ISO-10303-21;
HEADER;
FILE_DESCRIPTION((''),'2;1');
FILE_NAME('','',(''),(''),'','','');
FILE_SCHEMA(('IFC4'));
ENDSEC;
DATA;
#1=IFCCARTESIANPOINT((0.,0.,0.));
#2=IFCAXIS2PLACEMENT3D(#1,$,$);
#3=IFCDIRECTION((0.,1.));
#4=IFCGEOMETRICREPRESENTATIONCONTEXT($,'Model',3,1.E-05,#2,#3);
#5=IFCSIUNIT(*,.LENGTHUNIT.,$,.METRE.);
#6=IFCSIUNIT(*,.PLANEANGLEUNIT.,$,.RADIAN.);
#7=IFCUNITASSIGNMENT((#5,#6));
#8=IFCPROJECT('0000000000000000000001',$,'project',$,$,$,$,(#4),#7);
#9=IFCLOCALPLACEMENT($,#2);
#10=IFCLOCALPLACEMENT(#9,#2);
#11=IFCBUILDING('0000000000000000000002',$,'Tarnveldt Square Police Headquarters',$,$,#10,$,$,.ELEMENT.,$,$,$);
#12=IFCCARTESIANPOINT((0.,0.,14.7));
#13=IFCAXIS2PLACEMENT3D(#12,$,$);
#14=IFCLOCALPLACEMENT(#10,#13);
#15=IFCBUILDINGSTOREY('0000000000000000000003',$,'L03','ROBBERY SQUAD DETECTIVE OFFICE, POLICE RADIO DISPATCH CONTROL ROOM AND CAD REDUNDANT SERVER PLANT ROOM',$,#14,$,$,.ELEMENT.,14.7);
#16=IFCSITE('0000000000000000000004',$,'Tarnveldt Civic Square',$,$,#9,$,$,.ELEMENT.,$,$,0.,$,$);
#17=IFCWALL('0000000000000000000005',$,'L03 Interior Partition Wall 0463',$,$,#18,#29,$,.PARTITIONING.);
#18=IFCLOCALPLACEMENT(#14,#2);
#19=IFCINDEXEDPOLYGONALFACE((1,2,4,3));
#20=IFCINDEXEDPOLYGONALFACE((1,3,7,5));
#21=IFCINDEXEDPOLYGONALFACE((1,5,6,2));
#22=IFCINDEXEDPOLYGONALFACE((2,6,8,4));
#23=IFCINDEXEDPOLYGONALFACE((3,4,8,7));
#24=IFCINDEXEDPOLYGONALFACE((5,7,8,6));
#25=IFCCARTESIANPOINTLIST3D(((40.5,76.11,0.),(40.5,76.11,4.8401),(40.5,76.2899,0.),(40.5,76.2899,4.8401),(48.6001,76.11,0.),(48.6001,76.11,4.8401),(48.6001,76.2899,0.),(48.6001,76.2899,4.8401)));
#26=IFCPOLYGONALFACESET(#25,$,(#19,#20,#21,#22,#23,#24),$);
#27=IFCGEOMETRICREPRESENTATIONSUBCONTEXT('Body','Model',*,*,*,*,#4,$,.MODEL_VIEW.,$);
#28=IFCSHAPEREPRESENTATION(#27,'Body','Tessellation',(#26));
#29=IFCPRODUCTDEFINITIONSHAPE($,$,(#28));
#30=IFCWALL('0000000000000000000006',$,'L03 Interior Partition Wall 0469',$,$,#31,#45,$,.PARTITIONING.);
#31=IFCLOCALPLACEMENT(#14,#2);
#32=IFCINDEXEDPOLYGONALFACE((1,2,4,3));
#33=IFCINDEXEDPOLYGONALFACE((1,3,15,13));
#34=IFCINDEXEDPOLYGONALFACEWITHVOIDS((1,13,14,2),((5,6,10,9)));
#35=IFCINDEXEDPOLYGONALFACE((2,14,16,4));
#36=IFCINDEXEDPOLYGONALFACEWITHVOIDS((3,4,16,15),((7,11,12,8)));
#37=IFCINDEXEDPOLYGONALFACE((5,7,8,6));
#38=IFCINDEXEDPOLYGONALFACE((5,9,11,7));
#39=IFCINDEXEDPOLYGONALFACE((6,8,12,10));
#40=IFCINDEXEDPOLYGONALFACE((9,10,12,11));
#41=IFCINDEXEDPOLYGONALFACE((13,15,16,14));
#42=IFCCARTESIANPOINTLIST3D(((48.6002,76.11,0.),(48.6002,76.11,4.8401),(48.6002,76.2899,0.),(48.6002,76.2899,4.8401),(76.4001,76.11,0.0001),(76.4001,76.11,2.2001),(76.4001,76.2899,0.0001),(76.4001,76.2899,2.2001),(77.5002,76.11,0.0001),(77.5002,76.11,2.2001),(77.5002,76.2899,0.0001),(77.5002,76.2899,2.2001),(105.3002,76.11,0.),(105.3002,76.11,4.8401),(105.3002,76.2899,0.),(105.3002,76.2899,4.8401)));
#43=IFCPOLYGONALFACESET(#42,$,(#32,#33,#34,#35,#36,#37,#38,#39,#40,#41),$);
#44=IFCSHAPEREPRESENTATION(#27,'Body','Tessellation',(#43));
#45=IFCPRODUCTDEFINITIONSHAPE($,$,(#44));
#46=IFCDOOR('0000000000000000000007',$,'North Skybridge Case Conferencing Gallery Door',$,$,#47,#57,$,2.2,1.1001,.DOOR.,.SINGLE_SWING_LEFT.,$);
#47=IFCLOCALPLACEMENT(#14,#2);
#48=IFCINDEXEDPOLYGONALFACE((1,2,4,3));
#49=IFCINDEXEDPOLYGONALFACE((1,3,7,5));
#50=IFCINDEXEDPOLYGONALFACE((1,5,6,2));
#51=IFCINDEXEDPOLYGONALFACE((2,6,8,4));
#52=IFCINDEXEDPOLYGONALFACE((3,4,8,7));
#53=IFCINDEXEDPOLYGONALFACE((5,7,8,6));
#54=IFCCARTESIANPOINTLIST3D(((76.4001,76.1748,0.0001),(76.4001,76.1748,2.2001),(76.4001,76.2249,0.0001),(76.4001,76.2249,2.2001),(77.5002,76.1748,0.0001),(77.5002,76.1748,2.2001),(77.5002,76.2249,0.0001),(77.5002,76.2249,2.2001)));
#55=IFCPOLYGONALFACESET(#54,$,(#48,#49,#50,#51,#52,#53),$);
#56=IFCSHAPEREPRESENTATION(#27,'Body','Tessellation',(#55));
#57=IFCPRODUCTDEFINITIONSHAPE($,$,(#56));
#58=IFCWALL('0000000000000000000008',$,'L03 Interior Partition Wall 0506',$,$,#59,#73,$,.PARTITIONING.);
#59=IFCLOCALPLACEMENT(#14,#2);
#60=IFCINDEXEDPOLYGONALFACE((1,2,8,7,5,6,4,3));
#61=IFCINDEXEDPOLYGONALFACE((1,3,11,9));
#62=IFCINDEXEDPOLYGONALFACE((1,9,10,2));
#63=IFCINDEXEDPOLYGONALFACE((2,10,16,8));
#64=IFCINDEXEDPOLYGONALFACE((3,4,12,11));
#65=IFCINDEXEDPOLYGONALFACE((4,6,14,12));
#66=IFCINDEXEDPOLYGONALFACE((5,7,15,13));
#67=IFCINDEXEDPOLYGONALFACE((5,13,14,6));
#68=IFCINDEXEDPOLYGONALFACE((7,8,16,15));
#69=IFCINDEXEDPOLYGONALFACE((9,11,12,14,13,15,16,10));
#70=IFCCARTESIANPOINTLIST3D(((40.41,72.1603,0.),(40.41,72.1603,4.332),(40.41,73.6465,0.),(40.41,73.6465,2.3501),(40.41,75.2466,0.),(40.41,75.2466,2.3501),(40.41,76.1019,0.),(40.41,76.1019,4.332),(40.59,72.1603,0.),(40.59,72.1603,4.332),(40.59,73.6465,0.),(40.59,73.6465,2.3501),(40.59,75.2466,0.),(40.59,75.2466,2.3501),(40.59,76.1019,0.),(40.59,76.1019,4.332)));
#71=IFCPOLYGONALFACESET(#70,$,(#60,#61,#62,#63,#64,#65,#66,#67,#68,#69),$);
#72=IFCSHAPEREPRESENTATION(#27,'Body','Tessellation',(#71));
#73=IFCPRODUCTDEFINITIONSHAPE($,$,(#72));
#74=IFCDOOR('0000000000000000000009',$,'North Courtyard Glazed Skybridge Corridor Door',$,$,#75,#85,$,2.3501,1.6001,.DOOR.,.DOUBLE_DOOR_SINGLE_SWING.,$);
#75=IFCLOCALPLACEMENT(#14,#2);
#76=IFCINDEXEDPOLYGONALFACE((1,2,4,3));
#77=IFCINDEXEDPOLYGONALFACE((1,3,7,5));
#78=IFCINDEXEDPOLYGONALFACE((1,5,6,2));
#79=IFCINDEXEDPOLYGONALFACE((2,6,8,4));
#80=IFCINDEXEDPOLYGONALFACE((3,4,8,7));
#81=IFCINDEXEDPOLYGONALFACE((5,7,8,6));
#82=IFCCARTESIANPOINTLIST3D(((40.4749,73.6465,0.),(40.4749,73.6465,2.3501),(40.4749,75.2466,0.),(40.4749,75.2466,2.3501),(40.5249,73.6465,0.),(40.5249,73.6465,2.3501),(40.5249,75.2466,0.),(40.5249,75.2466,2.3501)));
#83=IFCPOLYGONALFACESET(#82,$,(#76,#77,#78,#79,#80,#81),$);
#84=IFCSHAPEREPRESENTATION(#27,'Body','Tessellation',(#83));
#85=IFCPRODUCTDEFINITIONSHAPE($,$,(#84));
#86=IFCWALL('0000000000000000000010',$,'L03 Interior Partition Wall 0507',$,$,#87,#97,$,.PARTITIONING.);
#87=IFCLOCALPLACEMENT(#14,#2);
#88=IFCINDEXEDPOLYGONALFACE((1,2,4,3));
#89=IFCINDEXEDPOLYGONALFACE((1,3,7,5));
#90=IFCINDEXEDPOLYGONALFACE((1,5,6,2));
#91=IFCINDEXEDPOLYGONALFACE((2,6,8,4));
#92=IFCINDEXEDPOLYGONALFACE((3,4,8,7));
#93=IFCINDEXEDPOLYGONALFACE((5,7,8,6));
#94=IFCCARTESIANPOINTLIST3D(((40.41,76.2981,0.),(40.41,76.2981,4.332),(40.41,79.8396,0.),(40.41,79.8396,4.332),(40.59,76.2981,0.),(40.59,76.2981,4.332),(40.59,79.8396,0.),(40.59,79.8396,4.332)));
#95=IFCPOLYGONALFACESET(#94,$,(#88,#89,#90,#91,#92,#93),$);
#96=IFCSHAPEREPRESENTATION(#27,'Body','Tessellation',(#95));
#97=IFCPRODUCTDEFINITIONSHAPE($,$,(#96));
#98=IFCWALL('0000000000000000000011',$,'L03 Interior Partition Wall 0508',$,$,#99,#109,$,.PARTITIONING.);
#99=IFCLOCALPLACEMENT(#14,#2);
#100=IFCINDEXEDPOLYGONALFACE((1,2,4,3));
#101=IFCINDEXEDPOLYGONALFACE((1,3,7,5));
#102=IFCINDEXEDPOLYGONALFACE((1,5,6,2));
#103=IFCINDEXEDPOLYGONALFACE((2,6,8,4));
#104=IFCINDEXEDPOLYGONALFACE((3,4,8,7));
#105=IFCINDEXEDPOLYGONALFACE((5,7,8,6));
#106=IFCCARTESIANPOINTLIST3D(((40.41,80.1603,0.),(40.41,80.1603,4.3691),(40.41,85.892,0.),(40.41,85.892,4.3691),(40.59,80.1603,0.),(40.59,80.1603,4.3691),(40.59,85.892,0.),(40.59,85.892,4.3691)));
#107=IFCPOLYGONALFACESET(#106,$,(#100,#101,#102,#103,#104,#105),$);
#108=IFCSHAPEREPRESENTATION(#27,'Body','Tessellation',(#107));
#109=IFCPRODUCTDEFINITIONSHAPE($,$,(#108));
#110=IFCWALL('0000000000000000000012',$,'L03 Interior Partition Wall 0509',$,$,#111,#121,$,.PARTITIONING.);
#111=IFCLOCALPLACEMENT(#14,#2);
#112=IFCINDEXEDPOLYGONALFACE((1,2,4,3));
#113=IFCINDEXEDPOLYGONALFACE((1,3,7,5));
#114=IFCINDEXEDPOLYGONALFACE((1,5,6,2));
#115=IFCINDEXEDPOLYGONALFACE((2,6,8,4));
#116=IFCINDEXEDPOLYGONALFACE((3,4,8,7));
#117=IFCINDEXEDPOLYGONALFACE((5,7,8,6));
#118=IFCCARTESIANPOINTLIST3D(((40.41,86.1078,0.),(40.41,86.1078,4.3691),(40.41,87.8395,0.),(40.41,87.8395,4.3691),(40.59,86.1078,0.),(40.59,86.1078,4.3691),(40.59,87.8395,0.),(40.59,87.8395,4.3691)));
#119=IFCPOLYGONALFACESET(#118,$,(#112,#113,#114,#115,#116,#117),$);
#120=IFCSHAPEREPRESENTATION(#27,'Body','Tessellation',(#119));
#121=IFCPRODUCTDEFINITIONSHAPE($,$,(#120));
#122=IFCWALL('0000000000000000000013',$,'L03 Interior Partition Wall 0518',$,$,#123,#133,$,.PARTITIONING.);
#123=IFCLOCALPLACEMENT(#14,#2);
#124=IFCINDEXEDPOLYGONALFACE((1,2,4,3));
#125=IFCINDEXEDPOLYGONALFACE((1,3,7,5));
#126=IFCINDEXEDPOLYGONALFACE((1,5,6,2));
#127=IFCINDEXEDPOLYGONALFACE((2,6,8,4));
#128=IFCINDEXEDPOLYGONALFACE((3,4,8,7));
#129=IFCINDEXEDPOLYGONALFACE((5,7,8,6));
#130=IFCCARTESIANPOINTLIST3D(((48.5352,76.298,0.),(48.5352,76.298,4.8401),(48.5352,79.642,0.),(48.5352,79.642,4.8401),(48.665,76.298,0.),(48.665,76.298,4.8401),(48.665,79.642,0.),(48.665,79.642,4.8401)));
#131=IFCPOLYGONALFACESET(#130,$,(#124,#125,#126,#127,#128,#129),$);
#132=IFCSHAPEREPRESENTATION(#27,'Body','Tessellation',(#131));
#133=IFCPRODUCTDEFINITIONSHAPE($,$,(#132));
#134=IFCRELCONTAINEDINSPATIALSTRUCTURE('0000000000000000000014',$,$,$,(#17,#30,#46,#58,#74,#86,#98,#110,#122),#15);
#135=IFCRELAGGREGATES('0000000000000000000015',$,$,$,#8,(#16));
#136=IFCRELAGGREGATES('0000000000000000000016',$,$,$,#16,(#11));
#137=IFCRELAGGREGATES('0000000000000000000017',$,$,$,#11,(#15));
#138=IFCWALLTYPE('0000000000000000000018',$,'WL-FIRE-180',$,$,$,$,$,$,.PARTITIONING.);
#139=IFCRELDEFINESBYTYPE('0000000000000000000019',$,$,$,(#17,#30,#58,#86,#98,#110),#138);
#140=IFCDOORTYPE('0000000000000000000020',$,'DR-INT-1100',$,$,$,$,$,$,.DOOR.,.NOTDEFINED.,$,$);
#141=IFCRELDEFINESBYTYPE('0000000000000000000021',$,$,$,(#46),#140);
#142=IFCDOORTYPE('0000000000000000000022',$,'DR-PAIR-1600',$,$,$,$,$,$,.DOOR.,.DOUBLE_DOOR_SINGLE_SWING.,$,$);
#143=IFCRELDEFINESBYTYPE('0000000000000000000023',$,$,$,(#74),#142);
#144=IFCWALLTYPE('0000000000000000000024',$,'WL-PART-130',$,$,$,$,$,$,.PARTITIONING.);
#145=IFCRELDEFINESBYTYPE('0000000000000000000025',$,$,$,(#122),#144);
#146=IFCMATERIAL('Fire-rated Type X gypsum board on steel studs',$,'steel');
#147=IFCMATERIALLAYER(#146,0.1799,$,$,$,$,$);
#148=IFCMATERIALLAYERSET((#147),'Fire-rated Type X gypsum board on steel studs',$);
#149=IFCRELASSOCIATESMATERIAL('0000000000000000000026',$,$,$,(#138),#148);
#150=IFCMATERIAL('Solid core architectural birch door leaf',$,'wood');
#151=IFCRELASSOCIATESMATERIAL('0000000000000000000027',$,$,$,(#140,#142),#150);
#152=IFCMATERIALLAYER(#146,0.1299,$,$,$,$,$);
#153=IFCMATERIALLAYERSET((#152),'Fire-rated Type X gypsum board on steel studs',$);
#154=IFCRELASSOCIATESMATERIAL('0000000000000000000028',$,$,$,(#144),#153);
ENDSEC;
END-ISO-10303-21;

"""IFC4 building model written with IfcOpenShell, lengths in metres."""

from ifc_helpers import new_model, si_unit, direction, frame, frame_2d, origin, place, context, subcontext, project, spatial, rectangle, extrude, material, layer, layer_set, type_object, element, fill, save


model = new_model("IFC4")

# Units and contexts
model_context = context("Model", 3, precision=1e-05, world=origin(), true_north=direction((0.0, 1.0)))
body_context = subcontext(model_context, "Body", "Model", "MODEL_VIEW")
ifc_project = project(units=[si_unit("LENGTHUNIT", "METRE"), si_unit("PLANEANGLEUNIT", "RADIAN")], contexts=[model_context])

# Site, building, storey
site_placement = place(None, origin())
site = spatial("IfcSite", under=ifc_project, at=site_placement, Name="Tarnveldt Civic Square", CompositionType="ELEMENT", RefElevation=0.0)
building_placement = place(site_placement, origin())
building = spatial("IfcBuilding", under=site, at=building_placement, Name="Tarnveldt Square Police Headquarters", CompositionType="ELEMENT")
storey_placement = place(building_placement, frame((0.0, 0.0, 14.7)))
storey = spatial("IfcBuildingStorey", under=building, at=storey_placement, Name="L03", Description="ROBBERY SQUAD DETECTIVE OFFICE, POLICE RADIO DISPATCH CONTROL ROOM AND CAD REDUNDANT SERVER PLANT ROOM", CompositionType="ELEMENT", Elevation=14.7)

# Wall
ifc_material_1 = material(Name="Fire-rated Type X gypsum board on steel studs", Category="steel")
ifc_layer_1 = layer(ifc_material_1, 0.1799)
ifc_layer_set_1 = layer_set([ifc_layer_1], Name="Fire-rated Type X gypsum board on steel studs")
wall_type_1 = type_object("IfcWallType", Name="WL-FIRE-180", PredefinedType="PARTITIONING", material=ifc_layer_set_1)
wall_1_placement = place(storey_placement, frame((40.5, 76.2, 0.0), z_axis=(0.0, 0.0, 1.0), x_axis=(1.0, 0.0, 0.0)))
element("IfcWall", 1, at=wall_1_placement, inside=storey, type_object=wall_type_1, Name="L03 Interior Partition Wall 0463", PredefinedType="PARTITIONING", context=body_context, shape_type="SweptSolid", body=[
    extrude(rectangle(XDim=8.1001, YDim=0.1799, at=frame_2d((4.05, 0.0))), origin(), (0.0, 0.0, 1.0), 4.8401),
])

# Walls, openings, doors
wall_2_placement = place(storey_placement, frame((48.6001, 76.2, 0.0), z_axis=(0.0, 0.0, 1.0), x_axis=(1.0, 0.0, 0.0)))
wall_2 = element("IfcWall", 2, at=wall_2_placement, inside=storey, type_object=wall_type_1, Name="L03 Interior Partition Wall 0469", PredefinedType="PARTITIONING", context=body_context, shape_type="SweptSolid", body=[
    extrude(rectangle(XDim=56.7, YDim=0.1799, at=frame_2d((28.3501, 0.0))), origin(), (0.0, 0.0, 1.0), 4.8401),
])
opening_1_placement = place(wall_2_placement, frame((27.8, 0.0, 0.0)))
opening_1 = element("IfcOpeningElement", 3, at=opening_1_placement, cuts=wall_2, PredefinedType="OPENING", context=body_context, shape_type="SweptSolid", body=[
    extrude(rectangle(XDim=1.1001, YDim=2.2, at=frame_2d((0.55, 1.1001))), frame((0.0, 0.0999, 0.0), z_axis=(0.0, -1.0, 0.0), x_axis=(1.0, 0.0, 0.0)), (0.0, 0.0, 1.0), 0.2),
])
ifc_material_2 = material(Name="Solid core architectural birch door leaf", Category="wood")
door_type_1 = type_object("IfcDoorType", Name="DR-INT-1100", OperationType="NOTDEFINED", PredefinedType="DOOR", material=ifc_material_2)
door_1_placement = place(opening_1_placement, origin())
door_1 = element("IfcDoor", 4, at=door_1_placement, inside=storey, type_object=door_type_1, Name="North Skybridge Case Conferencing Gallery Door", OperationType="SINGLE_SWING_LEFT", OverallHeight=2.2, OverallWidth=1.1001, PredefinedType="DOOR", context=body_context, shape_type="SweptSolid", body=[
    extrude(rectangle(XDim=1.1001, YDim=2.2, at=frame_2d((0.55, 1.1001))), frame((0.0, 0.0249, 0.0), z_axis=(0.0, -1.0, 0.0), x_axis=(1.0, 0.0, 0.0)), (0.0, 0.0, 1.0), 0.05),
])
fill(opening_1, door_1)
wall_3_placement = place(storey_placement, frame((40.5, 72.1604, 0.0), z_axis=(0.0, 0.0, 1.0), x_axis=(0.0, 1.0, 0.0)))
wall_3 = element("IfcWall", 5, at=wall_3_placement, inside=storey, type_object=wall_type_1, Name="L03 Interior Partition Wall 0506", PredefinedType="PARTITIONING", context=body_context, shape_type="SweptSolid", body=[
    extrude(rectangle(XDim=3.9417, YDim=0.1799, at=frame_2d((1.9707, 0.0))), origin(), (0.0, 0.0, 1.0), 4.332),
])
opening_2_placement = place(wall_3_placement, frame((1.4861, 0.0, 0.0)))
opening_2 = element("IfcOpeningElement", 6, at=opening_2_placement, cuts=wall_3, PredefinedType="OPENING", context=body_context, shape_type="SweptSolid", body=[
    extrude(rectangle(XDim=1.6001, YDim=2.3501, at=frame_2d((0.8, 1.175))), frame((0.0, 0.0999, 0.0), z_axis=(0.0, -1.0, 0.0), x_axis=(1.0, 0.0, 0.0)), (0.0, 0.0, 1.0), 0.2),
])
door_type_2 = type_object("IfcDoorType", Name="DR-PAIR-1600", OperationType="DOUBLE_DOOR_SINGLE_SWING", PredefinedType="DOOR", material=ifc_material_2)
door_2_placement = place(opening_2_placement, frame((1.6001, 0.0, 0.0), z_axis=(0.0, 0.0, 1.0), x_axis=(-1.0, 0.0, 0.0)))
door_2 = element("IfcDoor", 7, at=door_2_placement, inside=storey, type_object=door_type_2, Name="North Courtyard Glazed Skybridge Corridor Door", OperationType="DOUBLE_DOOR_SINGLE_SWING", OverallHeight=2.3501, OverallWidth=1.6001, PredefinedType="DOOR", context=body_context, shape_type="SweptSolid", body=[
    extrude(rectangle(XDim=1.6001, YDim=2.3501, at=frame_2d((0.8, 1.175))), frame((0.0, 0.0249, 0.0), z_axis=(0.0, -1.0, 0.0), x_axis=(1.0, 0.0, 0.0)), (0.0, 0.0, 1.0), 0.05),
])
fill(opening_2, door_2)

# Walls
wall_4_placement = place(storey_placement, frame((40.5, 76.2981, 0.0), z_axis=(0.0, 0.0, 1.0), x_axis=(0.0, 1.0, 0.0)))
element("IfcWall", 8, at=wall_4_placement, inside=storey, type_object=wall_type_1, Name="L03 Interior Partition Wall 0507", PredefinedType="PARTITIONING", context=body_context, shape_type="SweptSolid", body=[
    extrude(rectangle(XDim=3.5415, YDim=0.1799, at=frame_2d((1.7708, 0.0))), origin(), (0.0, 0.0, 1.0), 4.332),
])
wall_5_placement = place(storey_placement, frame((40.5, 80.1604, 0.0), z_axis=(0.0, 0.0, 1.0), x_axis=(0.0, 1.0, 0.0)))
element("IfcWall", 9, at=wall_5_placement, inside=storey, type_object=wall_type_1, Name="L03 Interior Partition Wall 0508", PredefinedType="PARTITIONING", context=body_context, shape_type="SweptSolid", body=[
    extrude(rectangle(XDim=5.7317, YDim=0.1799, at=frame_2d((2.8657, 0.0))), origin(), (0.0, 0.0, 1.0), 4.3691),
])
wall_6_placement = place(storey_placement, frame((40.5, 86.1079, 0.0), z_axis=(0.0, 0.0, 1.0), x_axis=(0.0, 1.0, 0.0)))
element("IfcWall", 10, at=wall_6_placement, inside=storey, type_object=wall_type_1, Name="L03 Interior Partition Wall 0509", PredefinedType="PARTITIONING", context=body_context, shape_type="SweptSolid", body=[
    extrude(rectangle(XDim=1.7317, YDim=0.1799, at=frame_2d((0.8657, 0.0))), origin(), (0.0, 0.0, 1.0), 4.3691),
])
ifc_layer_2 = layer(ifc_material_1, 0.1299)
ifc_layer_set_2 = layer_set([ifc_layer_2], Name="Fire-rated Type X gypsum board on steel studs")
wall_type_2 = type_object("IfcWallType", Name="WL-PART-130", PredefinedType="PARTITIONING", material=ifc_layer_set_2)
wall_7_placement = place(storey_placement, frame((48.6001, 76.2981, 0.0), z_axis=(0.0, 0.0, 1.0), x_axis=(0.0, 1.0, 0.0)))
element("IfcWall", 11, at=wall_7_placement, inside=storey, type_object=wall_type_2, Name="L03 Interior Partition Wall 0518", PredefinedType="PARTITIONING", context=body_context, shape_type="SweptSolid", body=[
    extrude(rectangle(XDim=3.344, YDim=0.1299, at=frame_2d((1.6719, 0.0))), origin(), (0.0, 0.0, 1.0), 4.8401),
])

save(model, "model.ifc")
